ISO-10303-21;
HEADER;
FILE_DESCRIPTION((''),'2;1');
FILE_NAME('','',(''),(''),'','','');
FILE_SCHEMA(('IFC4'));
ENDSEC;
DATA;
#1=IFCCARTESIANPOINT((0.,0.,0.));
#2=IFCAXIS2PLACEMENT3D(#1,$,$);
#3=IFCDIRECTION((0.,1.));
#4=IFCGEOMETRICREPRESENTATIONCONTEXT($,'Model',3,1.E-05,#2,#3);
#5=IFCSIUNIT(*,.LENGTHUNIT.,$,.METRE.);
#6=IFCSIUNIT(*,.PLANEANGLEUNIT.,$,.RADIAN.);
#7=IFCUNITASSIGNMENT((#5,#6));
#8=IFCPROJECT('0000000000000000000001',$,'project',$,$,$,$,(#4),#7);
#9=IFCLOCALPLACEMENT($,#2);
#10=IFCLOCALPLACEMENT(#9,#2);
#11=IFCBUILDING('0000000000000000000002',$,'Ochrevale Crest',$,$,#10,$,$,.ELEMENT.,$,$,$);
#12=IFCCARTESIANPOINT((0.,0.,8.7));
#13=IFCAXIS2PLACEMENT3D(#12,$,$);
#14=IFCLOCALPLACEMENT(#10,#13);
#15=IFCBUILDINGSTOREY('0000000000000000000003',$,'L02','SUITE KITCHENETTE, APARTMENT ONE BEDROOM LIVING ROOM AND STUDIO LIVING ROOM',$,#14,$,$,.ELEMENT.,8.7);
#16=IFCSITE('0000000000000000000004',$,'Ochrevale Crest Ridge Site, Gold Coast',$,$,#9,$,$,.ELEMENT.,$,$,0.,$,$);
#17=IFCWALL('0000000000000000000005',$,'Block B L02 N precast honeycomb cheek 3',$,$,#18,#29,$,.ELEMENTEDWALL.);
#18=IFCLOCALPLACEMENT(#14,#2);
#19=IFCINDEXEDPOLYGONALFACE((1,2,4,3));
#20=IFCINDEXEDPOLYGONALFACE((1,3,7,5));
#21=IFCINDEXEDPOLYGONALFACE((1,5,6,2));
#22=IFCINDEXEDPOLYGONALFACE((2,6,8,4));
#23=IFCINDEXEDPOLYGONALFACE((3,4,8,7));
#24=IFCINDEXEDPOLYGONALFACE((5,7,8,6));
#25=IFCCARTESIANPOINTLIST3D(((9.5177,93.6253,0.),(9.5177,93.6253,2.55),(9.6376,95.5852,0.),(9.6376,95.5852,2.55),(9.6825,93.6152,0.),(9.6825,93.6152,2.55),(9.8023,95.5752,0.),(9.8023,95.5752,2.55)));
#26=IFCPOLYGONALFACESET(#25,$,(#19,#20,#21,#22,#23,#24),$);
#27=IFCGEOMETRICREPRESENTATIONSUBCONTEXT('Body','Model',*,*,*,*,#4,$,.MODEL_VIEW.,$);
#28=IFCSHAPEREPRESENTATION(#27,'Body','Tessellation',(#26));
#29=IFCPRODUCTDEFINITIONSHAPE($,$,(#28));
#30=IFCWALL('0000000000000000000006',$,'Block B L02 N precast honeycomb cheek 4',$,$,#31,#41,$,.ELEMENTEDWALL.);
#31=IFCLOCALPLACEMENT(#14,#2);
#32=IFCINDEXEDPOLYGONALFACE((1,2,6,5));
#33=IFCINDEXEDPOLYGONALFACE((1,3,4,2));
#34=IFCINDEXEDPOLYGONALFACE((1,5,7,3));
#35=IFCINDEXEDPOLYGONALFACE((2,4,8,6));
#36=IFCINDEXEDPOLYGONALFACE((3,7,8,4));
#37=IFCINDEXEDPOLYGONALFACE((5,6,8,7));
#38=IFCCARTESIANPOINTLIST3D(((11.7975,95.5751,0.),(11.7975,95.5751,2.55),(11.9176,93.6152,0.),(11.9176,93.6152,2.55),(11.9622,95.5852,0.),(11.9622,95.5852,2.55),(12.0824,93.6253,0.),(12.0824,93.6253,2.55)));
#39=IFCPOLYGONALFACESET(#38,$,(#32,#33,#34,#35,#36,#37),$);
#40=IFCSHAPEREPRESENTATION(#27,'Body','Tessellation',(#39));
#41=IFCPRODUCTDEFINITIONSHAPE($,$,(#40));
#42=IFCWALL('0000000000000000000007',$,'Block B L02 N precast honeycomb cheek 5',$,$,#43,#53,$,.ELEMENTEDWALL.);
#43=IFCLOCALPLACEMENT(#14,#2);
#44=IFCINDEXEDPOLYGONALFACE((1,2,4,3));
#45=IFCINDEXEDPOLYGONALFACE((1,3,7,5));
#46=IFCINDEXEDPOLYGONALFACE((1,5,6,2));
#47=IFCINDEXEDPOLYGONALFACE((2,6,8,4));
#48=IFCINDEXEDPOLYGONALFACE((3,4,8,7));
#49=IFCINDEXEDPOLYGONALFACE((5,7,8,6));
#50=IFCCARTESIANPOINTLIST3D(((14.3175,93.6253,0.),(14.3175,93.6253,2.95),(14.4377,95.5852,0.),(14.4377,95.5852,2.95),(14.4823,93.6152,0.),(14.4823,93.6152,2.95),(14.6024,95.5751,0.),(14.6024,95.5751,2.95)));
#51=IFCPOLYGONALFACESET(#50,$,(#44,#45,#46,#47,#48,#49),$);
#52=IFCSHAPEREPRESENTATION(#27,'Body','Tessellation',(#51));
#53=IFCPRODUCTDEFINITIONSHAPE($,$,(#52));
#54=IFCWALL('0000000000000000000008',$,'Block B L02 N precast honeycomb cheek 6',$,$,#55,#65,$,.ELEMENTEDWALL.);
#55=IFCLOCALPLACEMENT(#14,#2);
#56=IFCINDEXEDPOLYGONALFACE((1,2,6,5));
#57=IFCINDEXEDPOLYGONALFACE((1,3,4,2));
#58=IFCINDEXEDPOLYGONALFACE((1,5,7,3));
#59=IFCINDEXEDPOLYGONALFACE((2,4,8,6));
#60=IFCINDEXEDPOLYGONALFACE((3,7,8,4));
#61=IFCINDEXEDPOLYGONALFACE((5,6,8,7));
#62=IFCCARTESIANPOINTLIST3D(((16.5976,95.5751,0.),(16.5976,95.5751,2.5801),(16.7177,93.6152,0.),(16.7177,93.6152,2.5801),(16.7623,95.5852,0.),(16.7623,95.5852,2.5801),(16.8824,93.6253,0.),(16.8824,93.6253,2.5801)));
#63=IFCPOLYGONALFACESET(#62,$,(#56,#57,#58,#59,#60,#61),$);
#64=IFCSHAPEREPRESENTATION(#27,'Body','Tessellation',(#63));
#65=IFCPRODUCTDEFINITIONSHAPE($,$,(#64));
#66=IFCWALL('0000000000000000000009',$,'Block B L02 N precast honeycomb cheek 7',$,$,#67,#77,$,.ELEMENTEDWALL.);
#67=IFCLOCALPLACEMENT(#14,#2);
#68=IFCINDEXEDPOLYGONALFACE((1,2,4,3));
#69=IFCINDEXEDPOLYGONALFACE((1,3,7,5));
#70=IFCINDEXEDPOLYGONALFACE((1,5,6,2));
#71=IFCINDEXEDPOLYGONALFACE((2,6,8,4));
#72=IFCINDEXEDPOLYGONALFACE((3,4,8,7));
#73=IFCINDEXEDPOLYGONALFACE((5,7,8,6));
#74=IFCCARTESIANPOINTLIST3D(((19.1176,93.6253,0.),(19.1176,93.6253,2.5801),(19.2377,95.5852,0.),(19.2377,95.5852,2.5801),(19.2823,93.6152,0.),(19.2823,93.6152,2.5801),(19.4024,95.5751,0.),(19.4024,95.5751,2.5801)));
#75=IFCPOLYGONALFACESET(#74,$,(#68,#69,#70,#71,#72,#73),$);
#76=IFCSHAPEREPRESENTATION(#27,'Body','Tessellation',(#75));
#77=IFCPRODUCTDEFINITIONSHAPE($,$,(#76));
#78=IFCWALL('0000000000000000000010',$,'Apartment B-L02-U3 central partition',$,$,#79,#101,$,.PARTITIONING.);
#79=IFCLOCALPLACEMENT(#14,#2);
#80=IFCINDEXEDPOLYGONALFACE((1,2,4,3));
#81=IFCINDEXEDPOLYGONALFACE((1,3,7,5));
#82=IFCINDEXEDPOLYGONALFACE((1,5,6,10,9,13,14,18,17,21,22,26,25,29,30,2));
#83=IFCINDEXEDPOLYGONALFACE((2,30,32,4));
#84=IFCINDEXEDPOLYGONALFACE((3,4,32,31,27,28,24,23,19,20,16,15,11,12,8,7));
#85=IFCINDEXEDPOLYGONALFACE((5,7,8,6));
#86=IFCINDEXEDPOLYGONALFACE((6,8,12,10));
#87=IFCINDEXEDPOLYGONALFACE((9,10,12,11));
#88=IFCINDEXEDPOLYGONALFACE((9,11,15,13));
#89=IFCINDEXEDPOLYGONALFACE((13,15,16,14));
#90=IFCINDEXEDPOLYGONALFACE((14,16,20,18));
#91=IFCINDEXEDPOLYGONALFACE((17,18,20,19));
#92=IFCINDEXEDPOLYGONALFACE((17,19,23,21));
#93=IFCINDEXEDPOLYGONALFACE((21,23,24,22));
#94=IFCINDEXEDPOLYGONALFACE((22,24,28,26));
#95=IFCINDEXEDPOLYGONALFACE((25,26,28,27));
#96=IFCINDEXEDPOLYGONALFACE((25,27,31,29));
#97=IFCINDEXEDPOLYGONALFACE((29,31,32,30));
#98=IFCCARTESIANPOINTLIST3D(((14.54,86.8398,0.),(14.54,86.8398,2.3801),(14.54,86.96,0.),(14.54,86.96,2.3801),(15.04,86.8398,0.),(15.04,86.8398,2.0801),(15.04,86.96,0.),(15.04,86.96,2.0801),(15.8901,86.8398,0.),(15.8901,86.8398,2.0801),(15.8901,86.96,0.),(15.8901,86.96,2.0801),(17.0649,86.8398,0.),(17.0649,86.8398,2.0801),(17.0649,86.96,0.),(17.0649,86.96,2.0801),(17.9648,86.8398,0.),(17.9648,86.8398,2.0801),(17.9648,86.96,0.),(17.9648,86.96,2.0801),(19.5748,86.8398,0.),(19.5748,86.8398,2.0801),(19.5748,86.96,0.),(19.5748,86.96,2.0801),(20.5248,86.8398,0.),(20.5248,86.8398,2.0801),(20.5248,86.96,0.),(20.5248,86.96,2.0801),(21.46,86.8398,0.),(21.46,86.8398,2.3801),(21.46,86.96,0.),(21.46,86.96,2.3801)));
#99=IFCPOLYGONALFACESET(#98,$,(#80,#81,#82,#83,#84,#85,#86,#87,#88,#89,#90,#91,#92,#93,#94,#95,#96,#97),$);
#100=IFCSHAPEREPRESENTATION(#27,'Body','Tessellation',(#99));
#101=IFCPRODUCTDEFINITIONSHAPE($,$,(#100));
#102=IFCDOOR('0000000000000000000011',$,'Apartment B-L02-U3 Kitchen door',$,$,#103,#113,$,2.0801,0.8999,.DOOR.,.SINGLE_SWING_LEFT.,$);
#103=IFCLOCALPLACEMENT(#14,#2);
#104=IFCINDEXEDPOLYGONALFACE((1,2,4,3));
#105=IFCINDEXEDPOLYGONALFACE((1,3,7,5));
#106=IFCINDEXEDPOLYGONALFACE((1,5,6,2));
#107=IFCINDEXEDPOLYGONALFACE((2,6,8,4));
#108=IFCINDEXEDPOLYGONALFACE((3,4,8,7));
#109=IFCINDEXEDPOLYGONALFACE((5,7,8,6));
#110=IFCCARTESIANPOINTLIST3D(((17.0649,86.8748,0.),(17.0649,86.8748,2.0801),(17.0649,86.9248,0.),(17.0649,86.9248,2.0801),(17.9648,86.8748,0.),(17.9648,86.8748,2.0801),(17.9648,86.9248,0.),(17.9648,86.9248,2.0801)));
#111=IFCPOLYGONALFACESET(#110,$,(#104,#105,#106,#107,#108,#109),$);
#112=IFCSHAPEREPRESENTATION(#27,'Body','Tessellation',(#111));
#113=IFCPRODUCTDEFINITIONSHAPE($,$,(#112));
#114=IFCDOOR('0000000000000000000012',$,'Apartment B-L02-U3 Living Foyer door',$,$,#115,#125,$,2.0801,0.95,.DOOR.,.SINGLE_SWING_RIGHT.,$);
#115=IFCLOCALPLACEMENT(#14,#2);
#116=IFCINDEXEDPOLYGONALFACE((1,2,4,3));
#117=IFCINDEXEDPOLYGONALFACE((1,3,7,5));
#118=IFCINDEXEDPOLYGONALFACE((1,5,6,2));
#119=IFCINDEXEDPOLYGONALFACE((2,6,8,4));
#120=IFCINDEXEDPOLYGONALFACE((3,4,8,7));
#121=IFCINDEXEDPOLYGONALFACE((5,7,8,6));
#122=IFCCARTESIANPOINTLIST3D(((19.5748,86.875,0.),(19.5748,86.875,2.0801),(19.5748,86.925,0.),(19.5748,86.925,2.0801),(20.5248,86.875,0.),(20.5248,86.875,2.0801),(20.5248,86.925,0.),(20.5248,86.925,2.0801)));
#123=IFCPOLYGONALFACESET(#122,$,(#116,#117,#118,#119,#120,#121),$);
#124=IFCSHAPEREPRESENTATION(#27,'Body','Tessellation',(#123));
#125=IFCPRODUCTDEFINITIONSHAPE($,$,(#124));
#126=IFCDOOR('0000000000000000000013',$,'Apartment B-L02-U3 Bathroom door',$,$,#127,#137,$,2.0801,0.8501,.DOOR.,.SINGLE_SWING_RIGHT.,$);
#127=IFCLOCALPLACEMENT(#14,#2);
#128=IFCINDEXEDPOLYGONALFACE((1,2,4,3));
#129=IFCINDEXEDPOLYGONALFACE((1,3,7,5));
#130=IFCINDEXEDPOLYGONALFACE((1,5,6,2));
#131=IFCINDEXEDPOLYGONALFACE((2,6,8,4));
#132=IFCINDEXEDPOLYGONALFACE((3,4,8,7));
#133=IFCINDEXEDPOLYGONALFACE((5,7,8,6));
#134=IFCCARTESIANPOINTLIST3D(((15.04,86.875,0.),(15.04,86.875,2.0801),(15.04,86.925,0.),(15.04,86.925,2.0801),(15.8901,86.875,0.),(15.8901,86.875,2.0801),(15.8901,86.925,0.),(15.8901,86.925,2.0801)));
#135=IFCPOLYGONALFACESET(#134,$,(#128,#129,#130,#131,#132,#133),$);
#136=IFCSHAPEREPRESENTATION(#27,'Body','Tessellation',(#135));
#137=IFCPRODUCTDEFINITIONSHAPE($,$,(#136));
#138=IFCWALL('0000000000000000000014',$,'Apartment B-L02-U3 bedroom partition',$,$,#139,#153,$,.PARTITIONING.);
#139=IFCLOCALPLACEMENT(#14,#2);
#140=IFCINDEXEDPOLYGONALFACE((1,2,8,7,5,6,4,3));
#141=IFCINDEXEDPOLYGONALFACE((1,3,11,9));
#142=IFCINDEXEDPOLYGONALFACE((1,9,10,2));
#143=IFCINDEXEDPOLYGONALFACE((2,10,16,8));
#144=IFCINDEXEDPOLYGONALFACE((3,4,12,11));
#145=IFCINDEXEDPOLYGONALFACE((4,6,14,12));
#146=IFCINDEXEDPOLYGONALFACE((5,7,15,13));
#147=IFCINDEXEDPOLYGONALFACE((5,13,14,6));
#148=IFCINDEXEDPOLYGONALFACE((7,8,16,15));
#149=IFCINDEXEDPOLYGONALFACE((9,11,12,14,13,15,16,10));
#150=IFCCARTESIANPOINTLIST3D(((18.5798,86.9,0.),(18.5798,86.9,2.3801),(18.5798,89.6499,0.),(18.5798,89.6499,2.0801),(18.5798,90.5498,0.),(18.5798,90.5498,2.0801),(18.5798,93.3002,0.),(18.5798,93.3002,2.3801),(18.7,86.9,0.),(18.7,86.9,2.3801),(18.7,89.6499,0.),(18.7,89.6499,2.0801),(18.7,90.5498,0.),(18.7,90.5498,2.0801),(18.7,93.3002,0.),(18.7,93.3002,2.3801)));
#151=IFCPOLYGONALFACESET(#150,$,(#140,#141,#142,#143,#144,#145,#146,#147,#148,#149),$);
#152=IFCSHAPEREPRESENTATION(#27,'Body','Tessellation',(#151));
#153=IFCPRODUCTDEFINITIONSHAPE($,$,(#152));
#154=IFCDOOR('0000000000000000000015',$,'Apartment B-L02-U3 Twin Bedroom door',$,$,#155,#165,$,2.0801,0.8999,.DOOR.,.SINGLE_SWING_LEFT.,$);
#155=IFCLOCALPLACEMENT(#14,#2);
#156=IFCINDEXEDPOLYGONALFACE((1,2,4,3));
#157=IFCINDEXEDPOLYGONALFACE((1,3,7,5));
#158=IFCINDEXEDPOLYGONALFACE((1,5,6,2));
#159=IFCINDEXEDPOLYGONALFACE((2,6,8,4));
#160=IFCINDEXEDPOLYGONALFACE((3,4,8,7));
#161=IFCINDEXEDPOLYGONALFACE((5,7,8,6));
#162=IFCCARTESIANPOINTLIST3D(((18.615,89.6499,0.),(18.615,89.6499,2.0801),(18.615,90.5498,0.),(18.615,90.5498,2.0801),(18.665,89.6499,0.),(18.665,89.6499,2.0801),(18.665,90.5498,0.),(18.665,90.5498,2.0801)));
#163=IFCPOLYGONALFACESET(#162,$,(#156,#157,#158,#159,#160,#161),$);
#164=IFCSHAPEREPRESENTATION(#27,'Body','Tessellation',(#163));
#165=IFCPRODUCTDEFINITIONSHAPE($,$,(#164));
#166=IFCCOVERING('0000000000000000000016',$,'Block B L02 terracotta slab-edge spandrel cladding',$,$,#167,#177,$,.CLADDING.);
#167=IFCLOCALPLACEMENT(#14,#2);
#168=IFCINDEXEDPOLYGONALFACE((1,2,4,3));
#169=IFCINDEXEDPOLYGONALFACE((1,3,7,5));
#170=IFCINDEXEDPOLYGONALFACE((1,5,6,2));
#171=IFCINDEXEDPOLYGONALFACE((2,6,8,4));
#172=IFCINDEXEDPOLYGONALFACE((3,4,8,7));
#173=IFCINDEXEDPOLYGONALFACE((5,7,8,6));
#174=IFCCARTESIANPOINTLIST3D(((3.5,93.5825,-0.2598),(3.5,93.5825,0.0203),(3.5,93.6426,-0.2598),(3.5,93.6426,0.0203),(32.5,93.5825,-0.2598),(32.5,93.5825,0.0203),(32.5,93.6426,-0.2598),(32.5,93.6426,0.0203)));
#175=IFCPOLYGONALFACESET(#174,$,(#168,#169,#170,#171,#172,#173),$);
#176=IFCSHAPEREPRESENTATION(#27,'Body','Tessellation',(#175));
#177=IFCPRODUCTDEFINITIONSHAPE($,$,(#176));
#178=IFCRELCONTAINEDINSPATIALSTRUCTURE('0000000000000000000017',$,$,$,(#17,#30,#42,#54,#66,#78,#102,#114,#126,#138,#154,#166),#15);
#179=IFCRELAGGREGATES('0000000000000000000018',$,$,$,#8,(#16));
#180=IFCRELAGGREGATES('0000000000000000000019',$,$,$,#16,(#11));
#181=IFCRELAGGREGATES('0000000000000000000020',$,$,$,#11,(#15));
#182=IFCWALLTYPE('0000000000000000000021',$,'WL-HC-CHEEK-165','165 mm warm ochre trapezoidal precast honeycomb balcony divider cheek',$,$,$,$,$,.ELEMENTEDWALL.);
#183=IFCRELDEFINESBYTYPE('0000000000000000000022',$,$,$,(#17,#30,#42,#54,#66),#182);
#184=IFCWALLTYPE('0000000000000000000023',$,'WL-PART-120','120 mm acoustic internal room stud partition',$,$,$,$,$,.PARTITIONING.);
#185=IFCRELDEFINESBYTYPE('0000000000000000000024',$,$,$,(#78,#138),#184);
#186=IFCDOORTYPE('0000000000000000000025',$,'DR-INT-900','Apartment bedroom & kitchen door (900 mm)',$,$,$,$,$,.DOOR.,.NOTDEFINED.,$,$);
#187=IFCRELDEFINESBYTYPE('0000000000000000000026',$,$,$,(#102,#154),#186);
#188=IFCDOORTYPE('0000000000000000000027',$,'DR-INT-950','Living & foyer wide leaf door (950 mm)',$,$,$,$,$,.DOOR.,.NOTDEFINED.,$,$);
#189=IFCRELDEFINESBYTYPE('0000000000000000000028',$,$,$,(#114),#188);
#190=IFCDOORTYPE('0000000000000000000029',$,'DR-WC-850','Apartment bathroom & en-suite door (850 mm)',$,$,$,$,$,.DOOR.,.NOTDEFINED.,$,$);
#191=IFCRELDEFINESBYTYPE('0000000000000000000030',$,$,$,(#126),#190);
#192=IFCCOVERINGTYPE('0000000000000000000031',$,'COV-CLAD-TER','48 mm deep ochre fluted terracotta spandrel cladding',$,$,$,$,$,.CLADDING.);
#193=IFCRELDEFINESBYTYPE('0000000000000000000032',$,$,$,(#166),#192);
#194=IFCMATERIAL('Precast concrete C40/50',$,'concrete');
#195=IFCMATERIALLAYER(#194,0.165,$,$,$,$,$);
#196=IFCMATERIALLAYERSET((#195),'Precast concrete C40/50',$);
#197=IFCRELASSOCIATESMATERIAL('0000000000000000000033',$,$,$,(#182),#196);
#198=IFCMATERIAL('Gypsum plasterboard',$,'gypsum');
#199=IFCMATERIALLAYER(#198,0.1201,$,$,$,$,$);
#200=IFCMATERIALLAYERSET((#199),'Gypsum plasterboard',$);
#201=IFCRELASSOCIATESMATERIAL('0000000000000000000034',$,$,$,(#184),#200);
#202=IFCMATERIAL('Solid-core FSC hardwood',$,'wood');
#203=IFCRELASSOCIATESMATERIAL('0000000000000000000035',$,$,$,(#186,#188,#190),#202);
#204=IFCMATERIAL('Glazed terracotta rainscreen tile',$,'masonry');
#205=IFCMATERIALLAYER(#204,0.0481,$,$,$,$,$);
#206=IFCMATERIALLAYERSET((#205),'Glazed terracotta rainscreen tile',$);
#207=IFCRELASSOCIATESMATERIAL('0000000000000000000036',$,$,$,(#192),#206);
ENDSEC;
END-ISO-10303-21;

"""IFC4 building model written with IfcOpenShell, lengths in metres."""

from ifc_helpers import new_model, si_unit, direction, frame, frame_2d, origin, origin_2d, place, context, subcontext, project, spatial, rectangle, extrude, material, layer, layer_set, type_object, element, fill, save


model = new_model("IFC4")

# Units and contexts
model_context = context("Model", 3, precision=1e-05, world=origin(), true_north=direction((0.0, 1.0)))
body_context = subcontext(model_context, "Body", "Model", "MODEL_VIEW")
ifc_project = project(units=[si_unit("LENGTHUNIT", "METRE"), si_unit("PLANEANGLEUNIT", "RADIAN")], contexts=[model_context])

# Site, building, storey
site_placement = place(None, origin())
site = spatial("IfcSite", under=ifc_project, at=site_placement, Name="Ochrevale Crest Ridge Site, Gold Coast", CompositionType="ELEMENT", RefElevation=0.0)
building_placement = place(site_placement, origin())
building = spatial("IfcBuilding", under=site, at=building_placement, Name="Ochrevale Crest", CompositionType="ELEMENT")
storey_placement = place(building_placement, frame((0.0, 0.0, 8.7)))
storey = spatial("IfcBuildingStorey", under=building, at=storey_placement, Name="L02", Description="SUITE KITCHENETTE, APARTMENT ONE BEDROOM LIVING ROOM AND STUDIO LIVING ROOM", CompositionType="ELEMENT", Elevation=8.7)

# Shared definitions
ifc_material_1 = material(Name="Precast concrete C40/50", Category="concrete")

# Walls
ifc_layer_1 = layer(ifc_material_1, 0.165)
ifc_layer_set_1 = layer_set([ifc_layer_1], Name="Precast concrete C40/50")
wall_type_1 = type_object("IfcWallType", Name="WL-HC-CHEEK-165", Description="165 mm warm ochre trapezoidal precast honeycomb balcony divider cheek", PredefinedType="ELEMENTEDWALL", material=ifc_layer_set_1)
for number, where, z_axis, x_axis, name in (
    (1, (9.6001, 93.6201, 0.0), (0.0, 0.0, 1.0), (0.061047, 0.998135, 0.0), "Block B L02 N precast honeycomb cheek 3"),
    (2, (12.0, 93.6201, 0.0), (0.0, 0.0, 1.0), (-0.061171, 0.998127, 0.0), "Block B L02 N precast honeycomb cheek 4"),
):
    element("IfcWall", number, at=place(storey_placement, frame(where, z_axis=z_axis, x_axis=x_axis)), inside=storey, type_object=wall_type_1, Name=name, PredefinedType="ELEMENTEDWALL", context=body_context, shape_type="SweptSolid", body=[
        extrude(rectangle(XDim=1.9636, YDim=0.165, at=frame_2d((0.9819, 0.0))), origin(), (0.0, 0.0, 1.0), 2.55),
    ])
wall_1_placement = place(storey_placement, frame((14.3999, 93.6201, 0.0), z_axis=(0.0, 0.0, 1.0), x_axis=(0.061171, 0.998127, 0.0)))
element("IfcWall", 3, at=wall_1_placement, inside=storey, type_object=wall_type_1, Name="Block B L02 N precast honeycomb cheek 5", PredefinedType="ELEMENTEDWALL", context=body_context, shape_type="SweptSolid", body=[
    extrude(rectangle(XDim=1.9636, YDim=0.165, at=frame_2d((0.9819, 0.0))), origin(), (0.0, 0.0, 1.0), 2.95),
])
for number, where, z_axis, x_axis, name in (
    (4, (16.8, 93.6201, 0.0), (0.0, 0.0, 1.0), (-0.061171, 0.998127, 0.0), "Block B L02 N precast honeycomb cheek 6"),
    (5, (19.2, 93.6201, 0.0), (0.0, 0.0, 1.0), (0.061171, 0.998127, 0.0), "Block B L02 N precast honeycomb cheek 7"),
):
    element("IfcWall", number, at=place(storey_placement, frame(where, z_axis=z_axis, x_axis=x_axis)), inside=storey, type_object=wall_type_1, Name=name, PredefinedType="ELEMENTEDWALL", context=body_context, shape_type="SweptSolid", body=[
        extrude(rectangle(XDim=1.9636, YDim=0.165, at=frame_2d((0.9819, 0.0))), origin(), (0.0, 0.0, 1.0), 2.5801),
    ])

# Wall, openings, doors
ifc_material_2 = material(Name="Gypsum plasterboard", Category="gypsum")
ifc_layer_2 = layer(ifc_material_2, 0.1201)
ifc_layer_set_2 = layer_set([ifc_layer_2], Name="Gypsum plasterboard")
wall_type_2 = type_object("IfcWallType", Name="WL-PART-120", Description="120 mm acoustic internal room stud partition", PredefinedType="PARTITIONING", material=ifc_layer_set_2)
wall_2_placement = place(storey_placement, frame((14.54, 86.8999, 0.0), z_axis=(0.0, 0.0, 1.0), x_axis=(1.0, 0.0, 0.0)))
wall_2 = element("IfcWall", 6, at=wall_2_placement, inside=storey, type_object=wall_type_2, Name="Apartment B-L02-U3 central partition", PredefinedType="PARTITIONING", context=body_context, shape_type="SweptSolid", body=[
    extrude(rectangle(XDim=6.9199, YDim=0.1201, at=frame_2d((3.46, 0.0))), origin(), (0.0, 0.0, 1.0), 2.3801),
])
opening_1_placement = place(wall_2_placement, frame((1.3501, 0.0, 0.0), z_axis=(0.0, 0.0, 1.0), x_axis=(-1.0, 0.0, 0.0)))
opening_1 = element("IfcOpeningElement", 7, at=opening_1_placement, cuts=wall_2, PredefinedType="OPENING", context=body_context, shape_type="SweptSolid", body=[
    extrude(rectangle(XDim=0.8501, YDim=2.0801, at=frame_2d((0.425, 1.04))), frame((0.0, 0.0701, 0.0), z_axis=(0.0, -1.0, 0.0), x_axis=(1.0, 0.0, 0.0)), (0.0, 0.0, 1.0), 0.1401),
])
opening_2_placement = place(wall_2_placement, frame((2.5249, 0.0, 0.0)))
opening_2 = element("IfcOpeningElement", 8, at=opening_2_placement, cuts=wall_2, PredefinedType="OPENING", context=body_context, shape_type="SweptSolid", body=[
    extrude(rectangle(XDim=0.8999, YDim=2.0801, at=frame_2d((0.45, 1.04))), frame((0.0, 0.0701, 0.0), z_axis=(0.0, -1.0, 0.0), x_axis=(1.0, 0.0, 0.0)), (0.0, 0.0, 1.0), 0.1401),
])
opening_3_placement = place(wall_2_placement, frame((5.9849, 0.0, 0.0), z_axis=(0.0, 0.0, 1.0), x_axis=(-1.0, 0.0, 0.0)))
opening_3 = element("IfcOpeningElement", 9, at=opening_3_placement, cuts=wall_2, PredefinedType="OPENING", context=body_context, shape_type="SweptSolid", body=[
    extrude(rectangle(XDim=0.95, YDim=2.0801, at=frame_2d((0.4751, 1.04))), frame((0.0, 0.0701, 0.0), z_axis=(0.0, -1.0, 0.0), x_axis=(1.0, 0.0, 0.0)), (0.0, 0.0, 1.0), 0.1401),
])
ifc_material_3 = material(Name="Solid-core FSC hardwood", Category="wood")
door_type_1 = type_object("IfcDoorType", Name="DR-INT-900", Description="Apartment bedroom & kitchen door (900 mm)", OperationType="NOTDEFINED", PredefinedType="DOOR", material=ifc_material_3)
door_1_placement = place(opening_2_placement, origin())
door_1 = element("IfcDoor", 10, at=door_1_placement, inside=storey, type_object=door_type_1, Name="Apartment B-L02-U3 Kitchen door", OperationType="SINGLE_SWING_LEFT", OverallHeight=2.0801, OverallWidth=0.8999, PredefinedType="DOOR", context=body_context, shape_type="SweptSolid", body=[
    extrude(rectangle(XDim=0.8999, YDim=2.0801, at=frame_2d((0.45, 1.04))), frame((0.0, 0.0249, 0.0), z_axis=(0.0, -1.0, 0.0), x_axis=(1.0, 0.0, 0.0)), (0.0, 0.0, 1.0), 0.05),
])
fill(opening_2, door_1)
door_type_2 = type_object("IfcDoorType", Name="DR-INT-950", Description="Living & foyer wide leaf door (950 mm)", OperationType="NOTDEFINED", PredefinedType="DOOR", material=ifc_material_3)
door_2_placement = place(opening_3_placement, origin())
door_2 = element("IfcDoor", 11, at=door_2_placement, inside=storey, type_object=door_type_2, Name="Apartment B-L02-U3 Living Foyer door", OperationType="SINGLE_SWING_RIGHT", OverallHeight=2.0801, OverallWidth=0.95, PredefinedType="DOOR", context=body_context, shape_type="SweptSolid", body=[
    extrude(rectangle(XDim=0.95, YDim=2.0801, at=frame_2d((0.4751, 1.04))), frame((0.0, 0.0249, 0.0), z_axis=(0.0, -1.0, 0.0), x_axis=(1.0, 0.0, 0.0)), (0.0, 0.0, 1.0), 0.05),
])
fill(opening_3, door_2)
door_type_3 = type_object("IfcDoorType", Name="DR-WC-850", Description="Apartment bathroom & en-suite door (850 mm)", OperationType="NOTDEFINED", PredefinedType="DOOR", material=ifc_material_3)
door_3_placement = place(opening_1_placement, origin())
door_3 = element("IfcDoor", 12, at=door_3_placement, inside=storey, type_object=door_type_3, Name="Apartment B-L02-U3 Bathroom door", OperationType="SINGLE_SWING_RIGHT", OverallHeight=2.0801, OverallWidth=0.8501, PredefinedType="DOOR", context=body_context, shape_type="SweptSolid", body=[
    extrude(rectangle(XDim=0.8501, YDim=2.0801, at=frame_2d((0.425, 1.04))), frame((0.0, 0.0249, 0.0), z_axis=(0.0, -1.0, 0.0), x_axis=(1.0, 0.0, 0.0)), (0.0, 0.0, 1.0), 0.05),
])
fill(opening_1, door_3)

# Wall, opening, door
wall_3_placement = place(storey_placement, frame((18.6399, 86.8999, 0.0), z_axis=(0.0, 0.0, 1.0), x_axis=(0.0, 1.0, 0.0)))
wall_3 = element("IfcWall", 13, at=wall_3_placement, inside=storey, type_object=wall_type_2, Name="Apartment B-L02-U3 bedroom partition", PredefinedType="PARTITIONING", context=body_context, shape_type="SweptSolid", body=[
    extrude(rectangle(XDim=6.4001, YDim=0.1201, at=frame_2d((3.2002, 0.0))), origin(), (0.0, 0.0, 1.0), 2.3801),
])
opening_4_placement = place(wall_3_placement, frame((2.75, 0.0, 0.0)))
opening_4 = element("IfcOpeningElement", 14, at=opening_4_placement, cuts=wall_3, PredefinedType="OPENING", context=body_context, shape_type="SweptSolid", body=[
    extrude(rectangle(XDim=0.8999, YDim=2.0801, at=frame_2d((0.45, 1.04))), frame((0.0, 0.0701, 0.0), z_axis=(0.0, -1.0, 0.0), x_axis=(1.0, 0.0, 0.0)), (0.0, 0.0, 1.0), 0.1401),
])
door_4_placement = place(opening_4_placement, origin())
door_4 = element("IfcDoor", 15, at=door_4_placement, inside=storey, type_object=door_type_1, Name="Apartment B-L02-U3 Twin Bedroom door", OperationType="SINGLE_SWING_LEFT", OverallHeight=2.0801, OverallWidth=0.8999, PredefinedType="DOOR", context=body_context, shape_type="SweptSolid", body=[
    extrude(rectangle(XDim=0.8999, YDim=2.0801, at=frame_2d((0.45, 1.04))), frame((0.0, 0.0249, 0.0), z_axis=(0.0, -1.0, 0.0), x_axis=(1.0, 0.0, 0.0)), (0.0, 0.0, 1.0), 0.05),
])
fill(opening_4, door_4)

# Covering
ifc_material_4 = material(Name="Glazed terracotta rainscreen tile", Category="masonry")
ifc_layer_3 = layer(ifc_material_4, 0.0481)
ifc_layer_set_3 = layer_set([ifc_layer_3], Name="Glazed terracotta rainscreen tile")
covering_type = type_object("IfcCoveringType", Name="COV-CLAD-TER", Description="48 mm deep ochre fluted terracotta spandrel cladding", PredefinedType="CLADDING", material=ifc_layer_set_3)
covering_placement = place(storey_placement, frame((18.0, 93.6125, -0.2598), z_axis=(0.0, 0.0, 1.0), x_axis=(-1.0, 0.0, 0.0)))
element("IfcCovering", 16, at=covering_placement, inside=storey, type_object=covering_type, Name="Block B L02 terracotta slab-edge spandrel cladding", PredefinedType="CLADDING", context=body_context, shape_type="SweptSolid", body=[
    extrude(rectangle(XDim=29.0, YDim=0.0601, at=origin_2d()), origin(), (0.0, 0.0, 1.0), 0.28),
])

save(model, "model.ifc")
